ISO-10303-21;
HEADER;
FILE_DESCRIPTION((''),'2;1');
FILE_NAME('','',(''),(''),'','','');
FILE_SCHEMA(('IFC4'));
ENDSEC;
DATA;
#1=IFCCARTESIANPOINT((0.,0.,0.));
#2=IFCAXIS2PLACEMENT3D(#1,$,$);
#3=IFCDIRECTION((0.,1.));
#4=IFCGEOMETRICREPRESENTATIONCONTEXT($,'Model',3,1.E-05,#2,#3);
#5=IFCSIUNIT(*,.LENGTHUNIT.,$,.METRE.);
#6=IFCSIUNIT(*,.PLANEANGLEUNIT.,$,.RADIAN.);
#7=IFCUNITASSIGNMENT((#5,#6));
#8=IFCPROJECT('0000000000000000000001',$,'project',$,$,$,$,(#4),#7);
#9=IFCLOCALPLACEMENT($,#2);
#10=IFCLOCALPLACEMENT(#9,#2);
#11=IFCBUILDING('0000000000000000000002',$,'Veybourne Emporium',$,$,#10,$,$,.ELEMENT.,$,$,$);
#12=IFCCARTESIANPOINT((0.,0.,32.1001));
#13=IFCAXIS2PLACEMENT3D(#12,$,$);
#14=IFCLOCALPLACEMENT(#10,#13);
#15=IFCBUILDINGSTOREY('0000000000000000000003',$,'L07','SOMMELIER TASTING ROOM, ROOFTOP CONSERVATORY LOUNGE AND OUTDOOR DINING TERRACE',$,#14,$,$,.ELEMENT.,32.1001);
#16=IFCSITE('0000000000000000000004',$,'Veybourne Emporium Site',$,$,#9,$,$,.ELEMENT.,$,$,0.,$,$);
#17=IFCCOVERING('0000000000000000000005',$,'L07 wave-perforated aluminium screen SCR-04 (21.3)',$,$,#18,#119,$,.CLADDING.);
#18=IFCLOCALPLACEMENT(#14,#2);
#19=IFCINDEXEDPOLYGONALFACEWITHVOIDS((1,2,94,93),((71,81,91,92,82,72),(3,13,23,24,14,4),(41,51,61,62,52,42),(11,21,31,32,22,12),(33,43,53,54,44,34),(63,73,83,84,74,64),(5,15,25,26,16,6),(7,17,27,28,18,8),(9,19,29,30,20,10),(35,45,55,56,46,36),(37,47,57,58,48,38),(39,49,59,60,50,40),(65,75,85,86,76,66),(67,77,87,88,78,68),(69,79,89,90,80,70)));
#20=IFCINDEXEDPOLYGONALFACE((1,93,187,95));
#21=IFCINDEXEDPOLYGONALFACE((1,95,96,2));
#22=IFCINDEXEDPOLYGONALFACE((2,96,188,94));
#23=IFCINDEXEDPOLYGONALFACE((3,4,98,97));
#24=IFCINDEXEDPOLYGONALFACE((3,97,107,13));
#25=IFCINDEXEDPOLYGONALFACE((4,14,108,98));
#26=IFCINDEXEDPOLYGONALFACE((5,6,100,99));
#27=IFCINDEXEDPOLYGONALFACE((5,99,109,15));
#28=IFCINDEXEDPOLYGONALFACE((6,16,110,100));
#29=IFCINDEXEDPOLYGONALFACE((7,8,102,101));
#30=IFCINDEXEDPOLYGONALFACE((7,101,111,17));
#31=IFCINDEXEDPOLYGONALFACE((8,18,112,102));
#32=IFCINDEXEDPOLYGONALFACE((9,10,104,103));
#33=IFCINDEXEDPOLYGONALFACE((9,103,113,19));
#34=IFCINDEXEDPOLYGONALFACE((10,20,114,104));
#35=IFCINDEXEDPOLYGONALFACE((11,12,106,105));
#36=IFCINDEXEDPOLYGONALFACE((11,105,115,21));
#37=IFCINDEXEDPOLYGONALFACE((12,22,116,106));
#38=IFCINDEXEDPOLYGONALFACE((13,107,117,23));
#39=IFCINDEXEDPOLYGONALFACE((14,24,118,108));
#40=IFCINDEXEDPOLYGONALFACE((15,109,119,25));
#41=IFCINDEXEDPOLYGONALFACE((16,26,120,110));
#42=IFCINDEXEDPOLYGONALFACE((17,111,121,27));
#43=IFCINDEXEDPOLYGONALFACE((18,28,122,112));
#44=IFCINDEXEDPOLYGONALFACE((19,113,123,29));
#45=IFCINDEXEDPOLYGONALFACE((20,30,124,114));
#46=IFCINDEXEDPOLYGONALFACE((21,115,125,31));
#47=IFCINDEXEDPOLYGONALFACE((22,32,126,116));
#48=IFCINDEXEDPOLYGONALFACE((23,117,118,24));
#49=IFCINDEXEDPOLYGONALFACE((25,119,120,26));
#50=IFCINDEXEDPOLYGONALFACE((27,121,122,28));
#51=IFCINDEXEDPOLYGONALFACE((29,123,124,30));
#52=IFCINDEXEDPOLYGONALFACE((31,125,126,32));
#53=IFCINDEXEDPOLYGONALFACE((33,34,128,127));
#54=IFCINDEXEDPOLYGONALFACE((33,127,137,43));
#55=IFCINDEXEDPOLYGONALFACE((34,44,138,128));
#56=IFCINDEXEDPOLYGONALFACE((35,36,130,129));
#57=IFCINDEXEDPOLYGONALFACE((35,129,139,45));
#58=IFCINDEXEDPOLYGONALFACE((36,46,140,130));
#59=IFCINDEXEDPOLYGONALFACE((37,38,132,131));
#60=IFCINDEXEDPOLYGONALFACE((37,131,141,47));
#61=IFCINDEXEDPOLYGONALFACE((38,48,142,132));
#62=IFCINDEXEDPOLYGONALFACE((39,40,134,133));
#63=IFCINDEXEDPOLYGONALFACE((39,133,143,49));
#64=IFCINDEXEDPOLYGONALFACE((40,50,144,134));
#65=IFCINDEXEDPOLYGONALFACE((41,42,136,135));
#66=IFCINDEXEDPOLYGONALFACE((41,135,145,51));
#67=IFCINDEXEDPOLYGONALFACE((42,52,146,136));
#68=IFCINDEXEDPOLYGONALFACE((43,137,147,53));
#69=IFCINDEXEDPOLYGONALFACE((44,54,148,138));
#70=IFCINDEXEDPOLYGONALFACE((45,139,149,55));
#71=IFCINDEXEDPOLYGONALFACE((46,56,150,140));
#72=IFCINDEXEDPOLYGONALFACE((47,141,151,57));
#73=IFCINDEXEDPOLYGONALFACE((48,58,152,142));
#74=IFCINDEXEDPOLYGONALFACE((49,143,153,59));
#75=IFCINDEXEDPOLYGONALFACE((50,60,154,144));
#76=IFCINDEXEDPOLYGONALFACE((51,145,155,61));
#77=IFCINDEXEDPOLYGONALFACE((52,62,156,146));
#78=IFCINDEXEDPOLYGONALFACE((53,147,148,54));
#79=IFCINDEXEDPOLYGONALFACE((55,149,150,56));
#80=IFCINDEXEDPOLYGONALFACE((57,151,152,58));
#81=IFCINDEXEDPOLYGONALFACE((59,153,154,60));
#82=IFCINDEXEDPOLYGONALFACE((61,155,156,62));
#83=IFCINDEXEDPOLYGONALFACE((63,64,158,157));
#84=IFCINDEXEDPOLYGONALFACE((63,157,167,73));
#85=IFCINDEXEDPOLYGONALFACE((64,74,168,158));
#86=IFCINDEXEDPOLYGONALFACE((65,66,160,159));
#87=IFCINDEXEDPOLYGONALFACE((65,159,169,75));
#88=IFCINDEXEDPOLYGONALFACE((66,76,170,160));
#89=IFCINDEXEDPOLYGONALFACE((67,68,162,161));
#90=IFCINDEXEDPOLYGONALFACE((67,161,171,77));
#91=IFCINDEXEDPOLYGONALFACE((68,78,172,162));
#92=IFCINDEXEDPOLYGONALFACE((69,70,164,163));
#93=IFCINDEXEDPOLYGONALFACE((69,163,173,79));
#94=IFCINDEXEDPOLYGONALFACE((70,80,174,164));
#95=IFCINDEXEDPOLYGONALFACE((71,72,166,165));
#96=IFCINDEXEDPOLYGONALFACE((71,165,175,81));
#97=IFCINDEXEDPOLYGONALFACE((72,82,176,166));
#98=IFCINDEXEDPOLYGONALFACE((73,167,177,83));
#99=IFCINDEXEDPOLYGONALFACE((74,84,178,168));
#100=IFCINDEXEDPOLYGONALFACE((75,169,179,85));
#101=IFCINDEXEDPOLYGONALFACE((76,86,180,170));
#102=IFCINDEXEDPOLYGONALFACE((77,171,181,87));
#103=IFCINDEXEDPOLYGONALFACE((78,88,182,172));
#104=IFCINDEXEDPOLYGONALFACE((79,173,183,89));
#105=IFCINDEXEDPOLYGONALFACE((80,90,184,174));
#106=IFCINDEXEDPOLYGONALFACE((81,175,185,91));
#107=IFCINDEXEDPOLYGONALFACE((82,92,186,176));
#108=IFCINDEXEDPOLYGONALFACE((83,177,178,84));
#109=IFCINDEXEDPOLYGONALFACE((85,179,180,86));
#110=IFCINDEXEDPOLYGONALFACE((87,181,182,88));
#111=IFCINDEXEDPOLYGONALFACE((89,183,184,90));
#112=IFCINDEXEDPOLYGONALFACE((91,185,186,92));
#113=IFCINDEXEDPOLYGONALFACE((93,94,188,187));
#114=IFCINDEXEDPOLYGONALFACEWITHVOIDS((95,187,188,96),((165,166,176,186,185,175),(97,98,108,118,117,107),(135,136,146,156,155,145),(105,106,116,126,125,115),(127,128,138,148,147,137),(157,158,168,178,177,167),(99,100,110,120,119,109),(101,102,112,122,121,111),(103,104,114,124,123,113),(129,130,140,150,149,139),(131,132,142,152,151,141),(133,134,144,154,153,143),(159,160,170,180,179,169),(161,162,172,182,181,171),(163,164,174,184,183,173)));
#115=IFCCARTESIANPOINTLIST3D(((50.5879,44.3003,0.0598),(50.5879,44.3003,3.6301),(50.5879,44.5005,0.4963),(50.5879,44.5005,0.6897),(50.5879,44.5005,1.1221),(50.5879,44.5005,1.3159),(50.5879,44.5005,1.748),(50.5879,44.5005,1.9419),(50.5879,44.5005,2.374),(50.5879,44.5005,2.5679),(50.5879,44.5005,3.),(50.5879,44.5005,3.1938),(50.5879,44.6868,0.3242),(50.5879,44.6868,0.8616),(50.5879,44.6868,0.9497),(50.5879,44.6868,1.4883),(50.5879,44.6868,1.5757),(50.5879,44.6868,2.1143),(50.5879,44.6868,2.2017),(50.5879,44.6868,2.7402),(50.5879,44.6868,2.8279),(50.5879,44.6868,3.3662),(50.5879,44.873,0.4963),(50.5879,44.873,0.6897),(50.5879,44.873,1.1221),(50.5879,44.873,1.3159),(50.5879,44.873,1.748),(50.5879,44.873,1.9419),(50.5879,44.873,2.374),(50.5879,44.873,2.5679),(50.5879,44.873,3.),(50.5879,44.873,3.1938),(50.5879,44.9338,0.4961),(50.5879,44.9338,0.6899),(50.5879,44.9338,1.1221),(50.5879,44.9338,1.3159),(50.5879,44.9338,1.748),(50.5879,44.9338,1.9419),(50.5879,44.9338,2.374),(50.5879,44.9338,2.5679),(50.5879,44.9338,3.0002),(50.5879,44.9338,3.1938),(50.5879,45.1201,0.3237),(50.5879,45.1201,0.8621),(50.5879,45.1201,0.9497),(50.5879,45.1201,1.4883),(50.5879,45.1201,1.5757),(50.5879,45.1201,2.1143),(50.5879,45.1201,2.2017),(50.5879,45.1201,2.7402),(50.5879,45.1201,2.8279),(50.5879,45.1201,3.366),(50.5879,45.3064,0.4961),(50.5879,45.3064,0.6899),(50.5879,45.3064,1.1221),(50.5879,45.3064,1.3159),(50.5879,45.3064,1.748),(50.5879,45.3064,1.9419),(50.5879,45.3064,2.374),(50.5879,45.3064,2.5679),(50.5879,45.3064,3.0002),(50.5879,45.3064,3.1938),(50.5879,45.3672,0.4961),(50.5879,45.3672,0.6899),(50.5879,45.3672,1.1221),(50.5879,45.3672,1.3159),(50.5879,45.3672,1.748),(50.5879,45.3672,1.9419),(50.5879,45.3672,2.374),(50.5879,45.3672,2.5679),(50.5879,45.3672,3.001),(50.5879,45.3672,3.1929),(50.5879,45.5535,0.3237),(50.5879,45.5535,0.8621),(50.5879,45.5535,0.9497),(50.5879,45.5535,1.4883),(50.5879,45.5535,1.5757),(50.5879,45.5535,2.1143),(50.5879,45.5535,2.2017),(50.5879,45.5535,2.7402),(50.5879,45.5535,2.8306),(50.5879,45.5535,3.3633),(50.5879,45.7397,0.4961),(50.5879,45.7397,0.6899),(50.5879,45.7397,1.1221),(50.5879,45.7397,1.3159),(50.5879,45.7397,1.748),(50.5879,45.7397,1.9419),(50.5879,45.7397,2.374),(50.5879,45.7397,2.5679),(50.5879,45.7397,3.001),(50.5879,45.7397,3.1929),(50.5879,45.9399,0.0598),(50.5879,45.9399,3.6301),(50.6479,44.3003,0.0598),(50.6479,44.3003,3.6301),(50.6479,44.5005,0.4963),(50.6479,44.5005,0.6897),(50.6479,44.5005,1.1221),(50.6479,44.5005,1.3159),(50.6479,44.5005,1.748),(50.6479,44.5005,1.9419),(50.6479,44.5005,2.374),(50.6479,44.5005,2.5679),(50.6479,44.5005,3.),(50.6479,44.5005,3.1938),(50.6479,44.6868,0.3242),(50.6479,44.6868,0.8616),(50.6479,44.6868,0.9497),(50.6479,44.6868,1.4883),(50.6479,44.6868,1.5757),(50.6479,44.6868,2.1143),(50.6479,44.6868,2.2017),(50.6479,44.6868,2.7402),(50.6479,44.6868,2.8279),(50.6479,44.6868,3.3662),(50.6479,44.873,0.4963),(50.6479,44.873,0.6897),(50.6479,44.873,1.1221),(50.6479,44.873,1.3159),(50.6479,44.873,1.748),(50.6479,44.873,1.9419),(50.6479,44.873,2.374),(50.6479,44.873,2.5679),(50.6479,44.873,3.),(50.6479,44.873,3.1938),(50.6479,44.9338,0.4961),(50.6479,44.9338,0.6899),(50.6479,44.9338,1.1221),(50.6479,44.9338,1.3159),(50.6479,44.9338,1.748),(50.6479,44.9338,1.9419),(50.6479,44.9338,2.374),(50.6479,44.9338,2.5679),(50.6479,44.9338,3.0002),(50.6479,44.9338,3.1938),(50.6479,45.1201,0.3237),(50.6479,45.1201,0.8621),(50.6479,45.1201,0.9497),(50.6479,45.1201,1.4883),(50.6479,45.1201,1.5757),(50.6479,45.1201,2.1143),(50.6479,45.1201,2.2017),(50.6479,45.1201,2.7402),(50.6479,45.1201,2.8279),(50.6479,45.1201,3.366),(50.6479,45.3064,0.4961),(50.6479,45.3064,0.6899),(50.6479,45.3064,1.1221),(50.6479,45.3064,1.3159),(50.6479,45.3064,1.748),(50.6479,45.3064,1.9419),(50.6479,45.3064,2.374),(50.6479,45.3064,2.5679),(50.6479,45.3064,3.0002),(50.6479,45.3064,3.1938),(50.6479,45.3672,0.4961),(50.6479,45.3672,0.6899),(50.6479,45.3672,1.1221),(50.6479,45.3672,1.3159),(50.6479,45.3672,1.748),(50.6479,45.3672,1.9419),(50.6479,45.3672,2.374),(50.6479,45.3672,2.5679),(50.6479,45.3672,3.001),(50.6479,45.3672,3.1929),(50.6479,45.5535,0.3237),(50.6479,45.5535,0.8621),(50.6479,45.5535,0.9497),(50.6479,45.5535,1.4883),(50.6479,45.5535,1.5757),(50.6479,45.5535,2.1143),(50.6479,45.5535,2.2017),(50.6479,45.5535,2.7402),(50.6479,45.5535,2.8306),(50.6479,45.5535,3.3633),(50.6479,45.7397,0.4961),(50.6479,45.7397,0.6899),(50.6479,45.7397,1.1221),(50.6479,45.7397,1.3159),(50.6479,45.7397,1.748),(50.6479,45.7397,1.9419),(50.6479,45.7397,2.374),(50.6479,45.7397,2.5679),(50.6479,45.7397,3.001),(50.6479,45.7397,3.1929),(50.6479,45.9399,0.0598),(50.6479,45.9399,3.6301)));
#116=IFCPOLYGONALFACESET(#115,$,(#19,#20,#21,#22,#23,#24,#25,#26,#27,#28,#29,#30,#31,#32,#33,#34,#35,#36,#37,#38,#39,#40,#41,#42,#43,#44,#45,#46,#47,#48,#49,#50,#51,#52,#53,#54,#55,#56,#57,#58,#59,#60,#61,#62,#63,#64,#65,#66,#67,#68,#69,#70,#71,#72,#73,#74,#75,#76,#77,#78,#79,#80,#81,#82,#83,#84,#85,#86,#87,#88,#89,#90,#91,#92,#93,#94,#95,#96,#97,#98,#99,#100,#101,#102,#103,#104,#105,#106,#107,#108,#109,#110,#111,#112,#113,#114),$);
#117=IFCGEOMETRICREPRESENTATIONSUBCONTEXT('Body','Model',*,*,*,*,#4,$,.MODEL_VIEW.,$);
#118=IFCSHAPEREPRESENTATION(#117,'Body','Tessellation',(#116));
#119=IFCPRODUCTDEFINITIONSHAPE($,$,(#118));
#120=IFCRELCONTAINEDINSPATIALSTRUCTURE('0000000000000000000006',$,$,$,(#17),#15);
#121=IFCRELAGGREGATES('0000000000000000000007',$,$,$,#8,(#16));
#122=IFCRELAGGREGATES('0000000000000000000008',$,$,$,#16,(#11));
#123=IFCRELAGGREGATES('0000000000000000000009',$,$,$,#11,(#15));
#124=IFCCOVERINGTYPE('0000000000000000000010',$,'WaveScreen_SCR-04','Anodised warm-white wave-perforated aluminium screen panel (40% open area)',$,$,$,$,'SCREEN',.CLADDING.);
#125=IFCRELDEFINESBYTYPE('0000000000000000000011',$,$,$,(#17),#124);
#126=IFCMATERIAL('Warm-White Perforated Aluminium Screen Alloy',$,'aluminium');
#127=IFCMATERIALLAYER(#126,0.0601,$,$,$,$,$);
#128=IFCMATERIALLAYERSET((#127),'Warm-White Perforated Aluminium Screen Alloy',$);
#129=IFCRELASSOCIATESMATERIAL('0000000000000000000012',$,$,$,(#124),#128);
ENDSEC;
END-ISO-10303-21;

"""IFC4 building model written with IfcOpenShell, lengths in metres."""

from ifc_helpers import new_model, si_unit, direction, frame, origin, place, context, subcontext, project, spatial, polyline, outline, extrude, material, layer, layer_set, type_object, element, save


model = new_model("IFC4")

# Units and contexts
model_context = context("Model", 3, precision=1e-05, world=origin(), true_north=direction((0.0, 1.0)))
body_context = subcontext(model_context, "Body", "Model", "MODEL_VIEW")
ifc_project = project(units=[si_unit("LENGTHUNIT", "METRE"), si_unit("PLANEANGLEUNIT", "RADIAN")], contexts=[model_context])

# Site, building, storey
site_placement = place(None, origin())
site = spatial("IfcSite", under=ifc_project, at=site_placement, Name="Veybourne Emporium Site", CompositionType="ELEMENT", RefElevation=0.0)
building_placement = place(site_placement, origin())
building = spatial("IfcBuilding", under=site, at=building_placement, Name="Veybourne Emporium", CompositionType="ELEMENT")
storey_placement = place(building_placement, frame((0.0, 0.0, 32.1001)))
storey = spatial("IfcBuildingStorey", under=building, at=storey_placement, Name="L07", Description="SOMMELIER TASTING ROOM, ROOFTOP CONSERVATORY LOUNGE AND OUTDOOR DINING TERRACE", CompositionType="ELEMENT", Elevation=32.1001)

# Covering
ifc_material_1 = material(Name="Warm-White Perforated Aluminium Screen Alloy", Category="aluminium")
ifc_layer_1 = layer(ifc_material_1, 0.0601)
ifc_layer_set_1 = layer_set([ifc_layer_1], Name="Warm-White Perforated Aluminium Screen Alloy")
covering_type_1 = type_object("IfcCoveringType", Name="WaveScreen_SCR-04", Description="Anodised warm-white wave-perforated aluminium screen panel (40% open area)", ElementType="SCREEN", PredefinedType="CLADDING", material=ifc_layer_set_1)
covering_1_placement = place(storey_placement, frame((50.6479, 45.1201, 1.845), z_axis=(-1.0, 0.0, 0.0), x_axis=(0.0, -1.0, 0.0)))
element("IfcCovering", 1, at=covering_1_placement, inside=storey, type_object=covering_type_1, Name="L07 wave-perforated aluminium screen SCR-04 (21.3)", PredefinedType="CLADDING", context=body_context, shape_type="SweptSolid", body=[
    extrude(outline(polyline([(-0.8198, -1.7852), (0.8198, -1.7852), (0.8198, 1.7852), (-0.8198, 1.7852), (-0.8198, -1.7852)]), holes=[polyline([(-0.4333, -0.9829), (-0.2471, -1.155), (-0.2471, -1.3489), (-0.4333, -1.5212), (-0.6196, -1.3489), (-0.6196, -1.155), (-0.4333, -0.9829)]), polyline([(-0.4333, -0.3567), (-0.2471, -0.5291), (-0.2471, -0.7229), (-0.4333, -0.8953), (-0.6196, -0.7229), (-0.6196, -0.5291), (-0.4333, -0.3567)]), polyline([(-0.4333, 0.2693), (-0.2471, 0.0969), (-0.2471, -0.0969), (-0.4333, -0.2693), (-0.6196, -0.0969), (-0.6196, 0.0969), (-0.4333, 0.2693)]), polyline([(-0.4333, 0.8953), (-0.2471, 0.7229), (-0.2471, 0.5291), (-0.4333, 0.3567), (-0.6196, 0.5291), (-0.6196, 0.7229), (-0.4333, 0.8953)]), polyline([(-0.4333, 1.5183), (-0.2471, 1.3479), (-0.2471, 1.156), (-0.4333, 0.9856), (-0.6196, 1.156), (-0.6196, 1.3479), (-0.4333, 1.5183)]), polyline([(0.0, -0.9829), (0.1863, -1.155), (0.1863, -1.3489), (0.0, -1.5212), (-0.1863, -1.3489), (-0.1863, -1.155), (0.0, -0.9829)]), polyline([(0.0, -0.3567), (0.1863, -0.5291), (0.1863, -0.7229), (0.0, -0.8953), (-0.1863, -0.7229), (-0.1863, -0.5291), (0.0, -0.3567)]), polyline([(0.0, 0.2693), (0.1863, 0.0969), (0.1863, -0.0969), (0.0, -0.2693), (-0.1863, -0.0969), (-0.1863, 0.0969), (0.0, 0.2693)]), polyline([(0.0, 0.8953), (0.1863, 0.7229), (0.1863, 0.5291), (0.0, 0.3567), (-0.1863, 0.5291), (-0.1863, 0.7229), (0.0, 0.8953)]), polyline([(0.0, 1.521), (0.1863, 1.3489), (0.1863, 1.1553), (0.0, 0.9829), (-0.1863, 1.1553), (-0.1863, 1.3489), (0.0, 1.521)]), polyline([(0.4333, -0.9834), (0.6196, -1.1553), (0.6196, -1.3486), (0.4333, -1.5208), (0.2471, -1.3486), (0.2471, -1.1553), (0.4333, -0.9834)]), polyline([(0.4333, -0.3567), (0.6196, -0.5291), (0.6196, -0.7229), (0.4333, -0.8953), (0.2471, -0.7229), (0.2471, -0.5291), (0.4333, -0.3567)]), polyline([(0.4333, 0.2693), (0.6196, 0.0969), (0.6196, -0.0969), (0.4333, -0.2693), (0.2471, -0.0969), (0.2471, 0.0969), (0.4333, 0.2693)]), polyline([(0.4333, 0.8953), (0.6196, 0.7229), (0.6196, 0.5291), (0.4333, 0.3567), (0.2471, 0.5291), (0.2471, 0.7229), (0.4333, 0.8953)]), polyline([(0.4333, 1.5212), (0.6196, 1.3489), (0.6196, 1.155), (0.4333, 0.9829), (0.2471, 1.155), (0.2471, 1.3489), (0.4333, 1.5212)])]), origin(), (0.0, 0.0, 1.0), 0.0601),
])

save(model, "model.ifc")
